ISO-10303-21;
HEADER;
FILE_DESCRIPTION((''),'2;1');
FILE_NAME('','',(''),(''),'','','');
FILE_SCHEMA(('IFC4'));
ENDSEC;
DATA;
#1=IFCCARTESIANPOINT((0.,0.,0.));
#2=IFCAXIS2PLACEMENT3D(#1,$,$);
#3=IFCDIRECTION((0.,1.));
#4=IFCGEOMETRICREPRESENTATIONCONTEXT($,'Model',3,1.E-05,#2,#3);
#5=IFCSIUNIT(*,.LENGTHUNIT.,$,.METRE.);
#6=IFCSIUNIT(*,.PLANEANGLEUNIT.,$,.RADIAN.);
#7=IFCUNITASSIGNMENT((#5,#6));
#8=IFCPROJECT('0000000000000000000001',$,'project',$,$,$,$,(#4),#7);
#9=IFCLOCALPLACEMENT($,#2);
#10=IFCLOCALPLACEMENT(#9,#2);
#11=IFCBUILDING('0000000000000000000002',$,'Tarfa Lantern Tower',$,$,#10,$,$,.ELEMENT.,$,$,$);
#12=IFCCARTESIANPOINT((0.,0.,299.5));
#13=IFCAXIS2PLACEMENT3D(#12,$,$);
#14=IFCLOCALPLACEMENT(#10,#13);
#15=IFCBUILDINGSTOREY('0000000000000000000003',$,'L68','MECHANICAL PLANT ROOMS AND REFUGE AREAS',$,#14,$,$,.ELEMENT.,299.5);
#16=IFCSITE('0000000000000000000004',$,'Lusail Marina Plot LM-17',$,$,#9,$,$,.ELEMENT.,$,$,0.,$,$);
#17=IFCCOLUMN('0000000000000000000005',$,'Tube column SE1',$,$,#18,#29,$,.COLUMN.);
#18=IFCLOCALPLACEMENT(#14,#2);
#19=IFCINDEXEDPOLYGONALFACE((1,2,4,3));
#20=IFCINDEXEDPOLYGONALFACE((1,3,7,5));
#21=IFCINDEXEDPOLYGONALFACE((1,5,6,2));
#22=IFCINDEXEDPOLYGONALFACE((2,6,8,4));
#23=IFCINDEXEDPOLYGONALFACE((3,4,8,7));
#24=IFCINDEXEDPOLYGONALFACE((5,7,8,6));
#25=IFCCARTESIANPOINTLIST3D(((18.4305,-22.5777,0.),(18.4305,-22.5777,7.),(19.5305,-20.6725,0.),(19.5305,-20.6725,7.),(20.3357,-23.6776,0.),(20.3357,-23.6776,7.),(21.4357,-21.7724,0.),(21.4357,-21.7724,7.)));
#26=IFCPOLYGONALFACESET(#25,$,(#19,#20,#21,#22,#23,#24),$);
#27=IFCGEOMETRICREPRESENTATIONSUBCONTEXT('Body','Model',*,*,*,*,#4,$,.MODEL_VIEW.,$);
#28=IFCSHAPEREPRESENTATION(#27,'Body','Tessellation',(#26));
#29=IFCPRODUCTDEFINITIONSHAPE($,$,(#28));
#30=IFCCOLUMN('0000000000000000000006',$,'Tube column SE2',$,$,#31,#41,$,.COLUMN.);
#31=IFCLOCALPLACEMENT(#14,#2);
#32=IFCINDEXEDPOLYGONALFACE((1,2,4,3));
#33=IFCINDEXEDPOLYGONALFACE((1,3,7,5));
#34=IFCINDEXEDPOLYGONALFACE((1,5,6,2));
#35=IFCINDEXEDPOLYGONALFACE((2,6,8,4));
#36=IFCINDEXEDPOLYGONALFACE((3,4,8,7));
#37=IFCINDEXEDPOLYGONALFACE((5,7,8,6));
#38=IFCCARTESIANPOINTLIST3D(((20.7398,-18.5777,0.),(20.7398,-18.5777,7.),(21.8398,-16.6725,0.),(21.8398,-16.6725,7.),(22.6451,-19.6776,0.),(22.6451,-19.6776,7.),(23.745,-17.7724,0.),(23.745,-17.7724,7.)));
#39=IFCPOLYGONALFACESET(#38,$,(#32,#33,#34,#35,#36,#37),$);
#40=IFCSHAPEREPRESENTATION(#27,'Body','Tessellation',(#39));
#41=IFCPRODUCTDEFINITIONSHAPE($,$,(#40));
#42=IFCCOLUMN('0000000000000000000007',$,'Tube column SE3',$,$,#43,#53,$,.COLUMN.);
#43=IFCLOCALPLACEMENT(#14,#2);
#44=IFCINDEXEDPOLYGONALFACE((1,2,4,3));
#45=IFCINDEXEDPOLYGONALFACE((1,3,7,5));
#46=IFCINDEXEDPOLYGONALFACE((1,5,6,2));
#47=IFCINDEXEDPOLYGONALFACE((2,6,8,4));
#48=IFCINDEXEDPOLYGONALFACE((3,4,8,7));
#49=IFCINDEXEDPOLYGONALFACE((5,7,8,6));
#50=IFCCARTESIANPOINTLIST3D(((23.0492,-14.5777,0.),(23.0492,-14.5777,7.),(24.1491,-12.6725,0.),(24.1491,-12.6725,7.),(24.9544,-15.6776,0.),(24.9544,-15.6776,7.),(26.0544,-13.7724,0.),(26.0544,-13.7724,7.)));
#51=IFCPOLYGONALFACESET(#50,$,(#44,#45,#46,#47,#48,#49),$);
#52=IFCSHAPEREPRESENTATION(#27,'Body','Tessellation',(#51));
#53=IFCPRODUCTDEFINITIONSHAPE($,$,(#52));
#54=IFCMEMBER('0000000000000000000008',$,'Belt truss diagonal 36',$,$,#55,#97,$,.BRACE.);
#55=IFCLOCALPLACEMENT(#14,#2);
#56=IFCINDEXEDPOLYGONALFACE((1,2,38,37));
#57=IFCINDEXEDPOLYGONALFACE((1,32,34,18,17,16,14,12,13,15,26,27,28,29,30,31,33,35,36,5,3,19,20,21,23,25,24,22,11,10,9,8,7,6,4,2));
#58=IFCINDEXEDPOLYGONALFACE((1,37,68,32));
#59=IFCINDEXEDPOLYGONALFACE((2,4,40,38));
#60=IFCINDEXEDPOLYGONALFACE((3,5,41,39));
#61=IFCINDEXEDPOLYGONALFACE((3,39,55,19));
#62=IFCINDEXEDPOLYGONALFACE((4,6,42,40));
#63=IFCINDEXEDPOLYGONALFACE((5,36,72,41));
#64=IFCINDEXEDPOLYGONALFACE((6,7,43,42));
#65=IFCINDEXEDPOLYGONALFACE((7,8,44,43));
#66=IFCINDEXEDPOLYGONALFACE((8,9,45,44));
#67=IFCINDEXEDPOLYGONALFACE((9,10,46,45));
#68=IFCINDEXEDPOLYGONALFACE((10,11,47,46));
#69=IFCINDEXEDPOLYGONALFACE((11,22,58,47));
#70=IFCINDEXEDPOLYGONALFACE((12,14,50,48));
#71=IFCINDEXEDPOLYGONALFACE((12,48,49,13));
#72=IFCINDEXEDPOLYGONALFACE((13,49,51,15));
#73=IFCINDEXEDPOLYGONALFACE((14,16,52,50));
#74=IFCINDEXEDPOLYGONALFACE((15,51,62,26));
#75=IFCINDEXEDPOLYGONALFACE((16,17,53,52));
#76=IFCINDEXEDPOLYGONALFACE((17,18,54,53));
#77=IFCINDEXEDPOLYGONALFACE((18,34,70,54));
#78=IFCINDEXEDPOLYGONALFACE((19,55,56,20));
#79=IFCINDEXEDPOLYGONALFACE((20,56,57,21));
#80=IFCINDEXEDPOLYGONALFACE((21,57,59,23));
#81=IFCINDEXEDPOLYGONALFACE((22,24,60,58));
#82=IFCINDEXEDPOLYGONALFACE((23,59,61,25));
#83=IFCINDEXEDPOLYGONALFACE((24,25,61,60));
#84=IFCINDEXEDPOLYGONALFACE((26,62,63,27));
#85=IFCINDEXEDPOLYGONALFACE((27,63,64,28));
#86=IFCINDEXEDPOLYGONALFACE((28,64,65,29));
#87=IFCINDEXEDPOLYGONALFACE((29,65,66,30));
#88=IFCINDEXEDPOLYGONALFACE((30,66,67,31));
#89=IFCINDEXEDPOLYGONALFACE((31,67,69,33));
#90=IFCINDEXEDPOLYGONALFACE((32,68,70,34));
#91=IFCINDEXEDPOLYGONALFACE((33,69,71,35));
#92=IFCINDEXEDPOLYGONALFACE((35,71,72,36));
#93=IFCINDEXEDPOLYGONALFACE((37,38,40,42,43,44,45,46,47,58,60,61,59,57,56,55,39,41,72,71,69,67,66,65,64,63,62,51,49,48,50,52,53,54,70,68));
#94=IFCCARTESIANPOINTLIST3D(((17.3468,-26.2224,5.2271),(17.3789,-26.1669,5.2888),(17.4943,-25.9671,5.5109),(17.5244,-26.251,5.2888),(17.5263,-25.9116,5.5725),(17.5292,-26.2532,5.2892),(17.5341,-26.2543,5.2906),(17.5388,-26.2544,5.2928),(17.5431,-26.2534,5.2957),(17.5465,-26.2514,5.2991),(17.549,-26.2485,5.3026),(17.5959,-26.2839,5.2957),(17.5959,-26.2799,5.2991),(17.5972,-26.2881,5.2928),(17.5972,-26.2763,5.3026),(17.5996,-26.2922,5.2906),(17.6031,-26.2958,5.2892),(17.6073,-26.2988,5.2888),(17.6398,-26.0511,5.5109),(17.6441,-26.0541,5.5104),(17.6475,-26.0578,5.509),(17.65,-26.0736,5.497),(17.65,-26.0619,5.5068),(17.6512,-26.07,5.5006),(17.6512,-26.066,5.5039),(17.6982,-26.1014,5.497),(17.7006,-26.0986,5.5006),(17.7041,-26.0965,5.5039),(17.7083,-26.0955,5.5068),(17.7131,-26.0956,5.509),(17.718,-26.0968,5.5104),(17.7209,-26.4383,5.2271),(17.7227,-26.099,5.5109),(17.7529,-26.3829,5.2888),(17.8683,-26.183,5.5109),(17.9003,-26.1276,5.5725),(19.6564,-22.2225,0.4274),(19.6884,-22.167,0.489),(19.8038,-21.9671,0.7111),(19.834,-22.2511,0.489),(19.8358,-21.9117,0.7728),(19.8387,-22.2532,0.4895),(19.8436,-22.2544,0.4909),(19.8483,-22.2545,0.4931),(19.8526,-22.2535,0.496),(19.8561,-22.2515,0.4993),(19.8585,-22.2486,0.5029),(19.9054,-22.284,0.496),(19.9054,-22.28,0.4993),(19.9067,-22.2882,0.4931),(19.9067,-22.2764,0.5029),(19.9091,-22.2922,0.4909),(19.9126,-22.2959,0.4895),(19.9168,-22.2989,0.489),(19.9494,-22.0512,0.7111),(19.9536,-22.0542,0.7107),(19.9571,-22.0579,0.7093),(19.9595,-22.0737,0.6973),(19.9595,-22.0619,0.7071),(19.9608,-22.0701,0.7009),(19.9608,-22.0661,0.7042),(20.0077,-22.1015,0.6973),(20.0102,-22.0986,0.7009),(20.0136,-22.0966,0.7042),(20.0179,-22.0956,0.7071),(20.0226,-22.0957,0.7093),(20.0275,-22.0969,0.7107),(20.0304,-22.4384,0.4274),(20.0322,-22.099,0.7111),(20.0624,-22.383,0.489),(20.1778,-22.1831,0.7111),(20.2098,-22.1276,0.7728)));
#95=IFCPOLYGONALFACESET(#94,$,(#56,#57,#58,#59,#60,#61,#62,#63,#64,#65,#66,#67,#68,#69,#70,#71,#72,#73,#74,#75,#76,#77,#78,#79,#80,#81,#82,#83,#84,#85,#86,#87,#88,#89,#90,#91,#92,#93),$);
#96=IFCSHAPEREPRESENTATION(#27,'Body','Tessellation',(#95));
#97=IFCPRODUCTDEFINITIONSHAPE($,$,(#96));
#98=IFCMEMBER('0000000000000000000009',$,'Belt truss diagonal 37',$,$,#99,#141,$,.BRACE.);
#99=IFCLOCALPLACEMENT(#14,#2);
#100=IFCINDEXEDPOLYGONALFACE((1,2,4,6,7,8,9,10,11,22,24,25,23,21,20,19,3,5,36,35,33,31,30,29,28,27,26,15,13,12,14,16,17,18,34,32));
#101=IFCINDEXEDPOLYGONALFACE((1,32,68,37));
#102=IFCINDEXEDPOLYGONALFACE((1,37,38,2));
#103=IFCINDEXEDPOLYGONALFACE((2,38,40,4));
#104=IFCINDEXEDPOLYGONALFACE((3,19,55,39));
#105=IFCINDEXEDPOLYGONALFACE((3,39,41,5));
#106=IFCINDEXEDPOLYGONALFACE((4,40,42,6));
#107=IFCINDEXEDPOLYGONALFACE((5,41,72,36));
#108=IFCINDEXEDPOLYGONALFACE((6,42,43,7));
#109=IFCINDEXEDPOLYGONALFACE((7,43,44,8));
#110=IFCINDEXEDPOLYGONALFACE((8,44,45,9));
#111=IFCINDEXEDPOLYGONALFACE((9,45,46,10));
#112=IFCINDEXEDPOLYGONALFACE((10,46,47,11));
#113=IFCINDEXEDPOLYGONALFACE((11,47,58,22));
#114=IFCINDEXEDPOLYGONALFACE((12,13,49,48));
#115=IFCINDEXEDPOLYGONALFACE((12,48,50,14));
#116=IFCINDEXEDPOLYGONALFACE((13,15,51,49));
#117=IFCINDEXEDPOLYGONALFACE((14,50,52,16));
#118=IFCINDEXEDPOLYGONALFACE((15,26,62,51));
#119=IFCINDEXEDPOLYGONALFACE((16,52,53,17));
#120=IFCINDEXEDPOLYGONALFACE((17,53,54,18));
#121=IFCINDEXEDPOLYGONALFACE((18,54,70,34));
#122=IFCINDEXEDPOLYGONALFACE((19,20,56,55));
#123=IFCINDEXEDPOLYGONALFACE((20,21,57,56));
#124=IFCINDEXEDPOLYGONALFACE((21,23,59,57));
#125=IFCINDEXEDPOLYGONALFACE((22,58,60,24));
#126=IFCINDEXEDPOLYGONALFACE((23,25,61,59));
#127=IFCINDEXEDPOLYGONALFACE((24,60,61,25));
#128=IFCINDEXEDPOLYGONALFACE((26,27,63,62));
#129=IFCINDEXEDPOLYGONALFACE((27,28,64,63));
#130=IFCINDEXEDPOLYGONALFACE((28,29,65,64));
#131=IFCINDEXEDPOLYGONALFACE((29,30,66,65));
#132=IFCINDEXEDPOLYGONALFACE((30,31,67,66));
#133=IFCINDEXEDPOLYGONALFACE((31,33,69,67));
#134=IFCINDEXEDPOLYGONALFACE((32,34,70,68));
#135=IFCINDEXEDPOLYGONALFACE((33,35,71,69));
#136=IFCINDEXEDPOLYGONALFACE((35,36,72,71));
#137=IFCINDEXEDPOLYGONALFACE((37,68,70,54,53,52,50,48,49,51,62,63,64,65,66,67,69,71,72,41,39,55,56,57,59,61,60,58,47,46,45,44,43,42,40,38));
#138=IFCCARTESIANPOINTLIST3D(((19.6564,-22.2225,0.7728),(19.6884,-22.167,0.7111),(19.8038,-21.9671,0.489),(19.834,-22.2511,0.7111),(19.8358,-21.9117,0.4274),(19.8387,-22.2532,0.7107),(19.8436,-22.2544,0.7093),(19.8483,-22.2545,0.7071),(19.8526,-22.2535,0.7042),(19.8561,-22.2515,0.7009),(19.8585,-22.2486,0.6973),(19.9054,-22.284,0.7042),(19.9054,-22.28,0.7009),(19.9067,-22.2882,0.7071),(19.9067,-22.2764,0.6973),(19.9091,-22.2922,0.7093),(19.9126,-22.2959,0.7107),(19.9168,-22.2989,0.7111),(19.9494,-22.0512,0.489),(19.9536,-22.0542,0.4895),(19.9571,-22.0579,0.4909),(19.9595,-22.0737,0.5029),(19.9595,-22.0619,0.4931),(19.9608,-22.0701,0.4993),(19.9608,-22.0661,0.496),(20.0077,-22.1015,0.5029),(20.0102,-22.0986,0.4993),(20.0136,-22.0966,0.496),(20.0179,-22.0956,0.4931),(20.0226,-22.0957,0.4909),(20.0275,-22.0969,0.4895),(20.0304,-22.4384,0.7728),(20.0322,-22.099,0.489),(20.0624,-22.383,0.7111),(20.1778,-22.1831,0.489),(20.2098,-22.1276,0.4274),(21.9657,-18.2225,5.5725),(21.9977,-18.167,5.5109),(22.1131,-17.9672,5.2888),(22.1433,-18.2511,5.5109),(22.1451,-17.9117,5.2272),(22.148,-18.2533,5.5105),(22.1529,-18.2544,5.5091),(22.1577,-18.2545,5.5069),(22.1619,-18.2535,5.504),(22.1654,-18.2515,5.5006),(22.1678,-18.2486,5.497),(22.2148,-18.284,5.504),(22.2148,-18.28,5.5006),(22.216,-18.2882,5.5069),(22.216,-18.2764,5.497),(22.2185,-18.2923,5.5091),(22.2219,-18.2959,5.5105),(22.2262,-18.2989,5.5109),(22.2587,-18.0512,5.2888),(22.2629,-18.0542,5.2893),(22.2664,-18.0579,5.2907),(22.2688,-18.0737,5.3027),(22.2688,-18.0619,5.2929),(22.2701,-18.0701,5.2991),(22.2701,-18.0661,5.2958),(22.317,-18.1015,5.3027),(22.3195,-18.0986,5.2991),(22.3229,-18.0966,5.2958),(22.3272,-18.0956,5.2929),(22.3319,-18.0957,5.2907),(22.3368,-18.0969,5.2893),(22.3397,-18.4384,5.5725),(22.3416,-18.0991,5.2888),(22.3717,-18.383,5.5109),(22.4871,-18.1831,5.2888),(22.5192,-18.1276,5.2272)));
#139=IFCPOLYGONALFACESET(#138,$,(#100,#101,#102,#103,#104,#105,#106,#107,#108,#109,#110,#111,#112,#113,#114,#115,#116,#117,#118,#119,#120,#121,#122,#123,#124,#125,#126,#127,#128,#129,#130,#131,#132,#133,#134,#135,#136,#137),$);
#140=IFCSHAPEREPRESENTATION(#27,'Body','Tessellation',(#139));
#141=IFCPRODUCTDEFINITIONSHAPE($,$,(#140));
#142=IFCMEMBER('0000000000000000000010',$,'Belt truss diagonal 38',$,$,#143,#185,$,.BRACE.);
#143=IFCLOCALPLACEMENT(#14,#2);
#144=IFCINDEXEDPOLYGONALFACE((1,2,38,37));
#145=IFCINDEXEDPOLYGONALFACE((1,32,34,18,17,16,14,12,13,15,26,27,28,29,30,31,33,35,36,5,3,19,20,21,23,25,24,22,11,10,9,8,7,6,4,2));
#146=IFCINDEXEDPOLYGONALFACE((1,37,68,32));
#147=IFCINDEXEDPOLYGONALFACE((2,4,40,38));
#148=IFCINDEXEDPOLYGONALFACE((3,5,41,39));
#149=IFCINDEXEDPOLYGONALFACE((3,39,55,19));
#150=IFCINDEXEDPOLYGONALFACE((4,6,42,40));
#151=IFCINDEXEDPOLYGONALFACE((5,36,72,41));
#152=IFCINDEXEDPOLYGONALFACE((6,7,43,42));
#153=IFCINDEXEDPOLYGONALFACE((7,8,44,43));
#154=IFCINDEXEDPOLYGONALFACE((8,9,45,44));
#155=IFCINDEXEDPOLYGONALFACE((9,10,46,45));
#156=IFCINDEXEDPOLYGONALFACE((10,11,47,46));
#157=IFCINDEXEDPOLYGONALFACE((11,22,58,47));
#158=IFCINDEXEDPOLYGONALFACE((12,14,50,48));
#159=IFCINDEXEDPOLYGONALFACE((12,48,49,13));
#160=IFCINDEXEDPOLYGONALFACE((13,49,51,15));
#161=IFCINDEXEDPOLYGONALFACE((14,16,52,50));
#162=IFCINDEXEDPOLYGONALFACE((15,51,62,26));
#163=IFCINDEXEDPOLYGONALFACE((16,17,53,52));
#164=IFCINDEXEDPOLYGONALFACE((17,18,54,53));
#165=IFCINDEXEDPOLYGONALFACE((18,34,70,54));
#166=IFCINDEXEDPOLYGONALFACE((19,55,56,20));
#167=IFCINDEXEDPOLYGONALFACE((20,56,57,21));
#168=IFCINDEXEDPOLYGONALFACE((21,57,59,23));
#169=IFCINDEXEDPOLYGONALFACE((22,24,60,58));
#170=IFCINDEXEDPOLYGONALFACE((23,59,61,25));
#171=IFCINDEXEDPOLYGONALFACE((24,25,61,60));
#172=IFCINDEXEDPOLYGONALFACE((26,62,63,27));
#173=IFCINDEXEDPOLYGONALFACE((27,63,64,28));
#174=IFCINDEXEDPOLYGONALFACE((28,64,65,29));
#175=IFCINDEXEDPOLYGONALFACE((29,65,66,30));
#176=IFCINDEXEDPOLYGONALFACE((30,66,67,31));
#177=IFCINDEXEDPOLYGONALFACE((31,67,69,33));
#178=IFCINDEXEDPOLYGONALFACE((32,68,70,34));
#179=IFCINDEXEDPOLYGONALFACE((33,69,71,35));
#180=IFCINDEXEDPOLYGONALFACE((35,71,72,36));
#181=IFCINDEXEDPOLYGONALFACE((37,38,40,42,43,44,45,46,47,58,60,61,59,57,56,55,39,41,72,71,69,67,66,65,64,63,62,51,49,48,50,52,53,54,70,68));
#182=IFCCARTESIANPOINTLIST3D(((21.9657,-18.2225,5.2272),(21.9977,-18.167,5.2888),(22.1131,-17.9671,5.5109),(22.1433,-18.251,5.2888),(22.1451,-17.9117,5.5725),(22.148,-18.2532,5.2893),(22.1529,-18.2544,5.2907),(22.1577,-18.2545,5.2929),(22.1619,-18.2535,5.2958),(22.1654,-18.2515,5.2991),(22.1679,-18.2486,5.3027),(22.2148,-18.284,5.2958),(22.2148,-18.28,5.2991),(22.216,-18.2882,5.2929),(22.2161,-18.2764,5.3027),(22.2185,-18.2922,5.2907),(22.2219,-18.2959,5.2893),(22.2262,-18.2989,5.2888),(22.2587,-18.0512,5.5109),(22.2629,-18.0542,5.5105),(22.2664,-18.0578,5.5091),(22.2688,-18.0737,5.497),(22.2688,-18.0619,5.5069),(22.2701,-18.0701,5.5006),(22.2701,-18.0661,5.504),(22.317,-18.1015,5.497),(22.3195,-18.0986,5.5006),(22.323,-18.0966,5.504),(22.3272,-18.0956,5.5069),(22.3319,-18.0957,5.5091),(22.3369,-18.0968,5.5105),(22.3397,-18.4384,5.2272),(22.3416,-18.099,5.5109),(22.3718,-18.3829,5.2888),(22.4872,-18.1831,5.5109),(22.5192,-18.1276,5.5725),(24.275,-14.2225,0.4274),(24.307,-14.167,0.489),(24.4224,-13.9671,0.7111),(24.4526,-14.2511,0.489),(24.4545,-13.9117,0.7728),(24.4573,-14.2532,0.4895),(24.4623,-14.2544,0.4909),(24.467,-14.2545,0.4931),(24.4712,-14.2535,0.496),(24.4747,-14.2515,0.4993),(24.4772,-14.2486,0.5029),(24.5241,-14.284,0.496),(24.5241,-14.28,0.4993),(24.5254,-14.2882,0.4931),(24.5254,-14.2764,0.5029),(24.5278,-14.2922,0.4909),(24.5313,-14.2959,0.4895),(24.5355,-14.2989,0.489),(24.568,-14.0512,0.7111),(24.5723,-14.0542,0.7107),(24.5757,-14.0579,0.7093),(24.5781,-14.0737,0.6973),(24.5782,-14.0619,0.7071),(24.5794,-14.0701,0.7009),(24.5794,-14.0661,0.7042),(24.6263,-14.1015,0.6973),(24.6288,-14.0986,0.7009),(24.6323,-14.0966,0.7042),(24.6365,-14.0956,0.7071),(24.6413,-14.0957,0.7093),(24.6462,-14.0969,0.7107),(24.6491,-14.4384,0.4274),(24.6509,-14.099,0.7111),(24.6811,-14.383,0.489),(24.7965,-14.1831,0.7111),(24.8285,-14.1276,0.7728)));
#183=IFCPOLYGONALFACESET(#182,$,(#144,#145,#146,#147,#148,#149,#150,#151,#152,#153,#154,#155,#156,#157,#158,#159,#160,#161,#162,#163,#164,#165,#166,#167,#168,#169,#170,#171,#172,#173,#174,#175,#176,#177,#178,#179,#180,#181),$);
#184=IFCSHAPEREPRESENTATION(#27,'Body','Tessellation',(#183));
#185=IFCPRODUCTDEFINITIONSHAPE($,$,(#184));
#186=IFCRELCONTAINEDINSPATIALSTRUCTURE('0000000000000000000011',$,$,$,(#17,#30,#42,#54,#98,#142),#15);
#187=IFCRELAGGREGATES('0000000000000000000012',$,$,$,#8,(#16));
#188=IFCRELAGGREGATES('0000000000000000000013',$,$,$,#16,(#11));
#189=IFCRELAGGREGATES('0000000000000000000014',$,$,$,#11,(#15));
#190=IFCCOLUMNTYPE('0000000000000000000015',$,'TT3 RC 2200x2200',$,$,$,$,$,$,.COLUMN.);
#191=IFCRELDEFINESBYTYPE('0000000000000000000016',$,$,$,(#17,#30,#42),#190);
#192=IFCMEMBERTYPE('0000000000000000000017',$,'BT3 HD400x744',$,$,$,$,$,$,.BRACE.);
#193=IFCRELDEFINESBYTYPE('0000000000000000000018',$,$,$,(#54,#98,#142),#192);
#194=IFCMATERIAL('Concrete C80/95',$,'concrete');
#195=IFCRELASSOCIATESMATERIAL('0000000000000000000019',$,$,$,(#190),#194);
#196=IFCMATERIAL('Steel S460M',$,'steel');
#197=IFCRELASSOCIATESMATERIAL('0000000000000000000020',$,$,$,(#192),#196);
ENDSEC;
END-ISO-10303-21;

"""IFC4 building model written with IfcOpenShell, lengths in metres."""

from ifc_helpers import new_model, si_unit, direction, frame, origin, origin_2d, place, context, subcontext, project, spatial, rectangle, i_section, extrude, material, material_profile, profile_set, type_object, element, save


model = new_model("IFC4")

# Units and contexts
model_context = context("Model", 3, precision=1e-05, world=origin(), true_north=direction((0.0, 1.0)))
body_context = subcontext(model_context, "Body", "Model", "MODEL_VIEW")
ifc_project = project(units=[si_unit("LENGTHUNIT", "METRE"), si_unit("PLANEANGLEUNIT", "RADIAN")], contexts=[model_context])

# Site, building, storey
site_placement = place(None, origin())
site = spatial("IfcSite", under=ifc_project, at=site_placement, Name="Lusail Marina Plot LM-17", CompositionType="ELEMENT", RefElevation=0.0)
building_placement = place(site_placement, origin())
building = spatial("IfcBuilding", under=site, at=building_placement, Name="Tarfa Lantern Tower", CompositionType="ELEMENT")
storey_placement = place(building_placement, frame((0.0, 0.0, 299.5)))
storey = spatial("IfcBuildingStorey", under=building, at=storey_placement, Name="L68", Description="MECHANICAL PLANT ROOMS AND REFUGE AREAS", CompositionType="ELEMENT", Elevation=299.5)

# Columns
ifc_material_1 = material(Name="Concrete C80/95", Category="concrete")
ifc_material_profile_1 = material_profile(ifc_material_1, rectangle(XDim=2.2, YDim=2.2, at=origin_2d()), Name="RC 2200x2200")
ifc_profile_set_1 = profile_set([ifc_material_profile_1], Name="Concrete C80/95")
column_type = type_object("IfcColumnType", Name="TT3 RC 2200x2200", PredefinedType="COLUMN", material=ifc_profile_set_1)
for number, where, z_axis, x_axis, name in (
    (1, (19.9331, -22.175, 0.0), (0.0, 0.0, 1.0), (0.5, 0.866025, 0.0), "Tube column SE1"),
    (2, (22.2424, -18.175, 0.0), (0.0, 0.0, 1.0), (0.5, 0.866025, 0.0), "Tube column SE2"),
    (3, (24.5518, -14.175, 0.0), (0.0, 0.0, 1.0), (0.5, 0.866025, 0.0), "Tube column SE3"),
):
    element("IfcColumn", number, at=place(storey_placement, frame(where, z_axis=z_axis, x_axis=x_axis)), inside=storey, type_object=column_type, Name=name, PredefinedType="COLUMN", context=body_context, shape_type="SweptSolid", body=[
        extrude(rectangle(XDim=2.2, YDim=2.2, at=origin_2d()), origin(), (0.0, 0.0, 1.0), 7.0),
    ])

# Members
ifc_material_2 = material(Name="Steel S460M", Category="steel")
ifc_material_profile_2 = material_profile(ifc_material_2, i_section(OverallWidth=0.4319, OverallDepth=0.498, WebThickness=0.0557, FlangeThickness=0.0889, FilletRadius=0.02, at=origin_2d()), Name="HD400x744")
ifc_profile_set_2 = profile_set([ifc_material_profile_2], Name="Steel S460M")
member_type_1 = type_object("IfcMemberType", Name="BT3 HD400x744", PredefinedType="BRACE", material=ifc_profile_set_2)
for number, where, z_axis, x_axis, name in (
    (4, (19.9331, -22.175, 0.6001), (-0.346717, -0.600488, 0.720556), (0.86601, -0.500027, 0.0), "Belt truss diagonal 36"),
    (5, (19.9331, -22.175, 0.6001), (0.346685, 0.600496, 0.720565), (-0.866032, 0.499988, 0.0), "Belt truss diagonal 37"),
    (6, (24.5518, -14.175, 0.6001), (-0.346685, -0.600496, 0.720565), (0.866032, -0.499988, 0.0), "Belt truss diagonal 38"),
):
    element("IfcMember", number, at=place(storey_placement, frame(where, z_axis=z_axis, x_axis=x_axis)), inside=storey, type_object=member_type_1, Name=name, PredefinedType="BRACE", context=body_context, shape_type="SweptSolid", body=[
        extrude(i_section(OverallWidth=0.4319, OverallDepth=0.498, WebThickness=0.0557, FlangeThickness=0.0889, FilletRadius=0.02, at=origin_2d()), origin(), (0.0, 0.0, 1.0), 6.6611),
    ])

save(model, "model.ifc")
